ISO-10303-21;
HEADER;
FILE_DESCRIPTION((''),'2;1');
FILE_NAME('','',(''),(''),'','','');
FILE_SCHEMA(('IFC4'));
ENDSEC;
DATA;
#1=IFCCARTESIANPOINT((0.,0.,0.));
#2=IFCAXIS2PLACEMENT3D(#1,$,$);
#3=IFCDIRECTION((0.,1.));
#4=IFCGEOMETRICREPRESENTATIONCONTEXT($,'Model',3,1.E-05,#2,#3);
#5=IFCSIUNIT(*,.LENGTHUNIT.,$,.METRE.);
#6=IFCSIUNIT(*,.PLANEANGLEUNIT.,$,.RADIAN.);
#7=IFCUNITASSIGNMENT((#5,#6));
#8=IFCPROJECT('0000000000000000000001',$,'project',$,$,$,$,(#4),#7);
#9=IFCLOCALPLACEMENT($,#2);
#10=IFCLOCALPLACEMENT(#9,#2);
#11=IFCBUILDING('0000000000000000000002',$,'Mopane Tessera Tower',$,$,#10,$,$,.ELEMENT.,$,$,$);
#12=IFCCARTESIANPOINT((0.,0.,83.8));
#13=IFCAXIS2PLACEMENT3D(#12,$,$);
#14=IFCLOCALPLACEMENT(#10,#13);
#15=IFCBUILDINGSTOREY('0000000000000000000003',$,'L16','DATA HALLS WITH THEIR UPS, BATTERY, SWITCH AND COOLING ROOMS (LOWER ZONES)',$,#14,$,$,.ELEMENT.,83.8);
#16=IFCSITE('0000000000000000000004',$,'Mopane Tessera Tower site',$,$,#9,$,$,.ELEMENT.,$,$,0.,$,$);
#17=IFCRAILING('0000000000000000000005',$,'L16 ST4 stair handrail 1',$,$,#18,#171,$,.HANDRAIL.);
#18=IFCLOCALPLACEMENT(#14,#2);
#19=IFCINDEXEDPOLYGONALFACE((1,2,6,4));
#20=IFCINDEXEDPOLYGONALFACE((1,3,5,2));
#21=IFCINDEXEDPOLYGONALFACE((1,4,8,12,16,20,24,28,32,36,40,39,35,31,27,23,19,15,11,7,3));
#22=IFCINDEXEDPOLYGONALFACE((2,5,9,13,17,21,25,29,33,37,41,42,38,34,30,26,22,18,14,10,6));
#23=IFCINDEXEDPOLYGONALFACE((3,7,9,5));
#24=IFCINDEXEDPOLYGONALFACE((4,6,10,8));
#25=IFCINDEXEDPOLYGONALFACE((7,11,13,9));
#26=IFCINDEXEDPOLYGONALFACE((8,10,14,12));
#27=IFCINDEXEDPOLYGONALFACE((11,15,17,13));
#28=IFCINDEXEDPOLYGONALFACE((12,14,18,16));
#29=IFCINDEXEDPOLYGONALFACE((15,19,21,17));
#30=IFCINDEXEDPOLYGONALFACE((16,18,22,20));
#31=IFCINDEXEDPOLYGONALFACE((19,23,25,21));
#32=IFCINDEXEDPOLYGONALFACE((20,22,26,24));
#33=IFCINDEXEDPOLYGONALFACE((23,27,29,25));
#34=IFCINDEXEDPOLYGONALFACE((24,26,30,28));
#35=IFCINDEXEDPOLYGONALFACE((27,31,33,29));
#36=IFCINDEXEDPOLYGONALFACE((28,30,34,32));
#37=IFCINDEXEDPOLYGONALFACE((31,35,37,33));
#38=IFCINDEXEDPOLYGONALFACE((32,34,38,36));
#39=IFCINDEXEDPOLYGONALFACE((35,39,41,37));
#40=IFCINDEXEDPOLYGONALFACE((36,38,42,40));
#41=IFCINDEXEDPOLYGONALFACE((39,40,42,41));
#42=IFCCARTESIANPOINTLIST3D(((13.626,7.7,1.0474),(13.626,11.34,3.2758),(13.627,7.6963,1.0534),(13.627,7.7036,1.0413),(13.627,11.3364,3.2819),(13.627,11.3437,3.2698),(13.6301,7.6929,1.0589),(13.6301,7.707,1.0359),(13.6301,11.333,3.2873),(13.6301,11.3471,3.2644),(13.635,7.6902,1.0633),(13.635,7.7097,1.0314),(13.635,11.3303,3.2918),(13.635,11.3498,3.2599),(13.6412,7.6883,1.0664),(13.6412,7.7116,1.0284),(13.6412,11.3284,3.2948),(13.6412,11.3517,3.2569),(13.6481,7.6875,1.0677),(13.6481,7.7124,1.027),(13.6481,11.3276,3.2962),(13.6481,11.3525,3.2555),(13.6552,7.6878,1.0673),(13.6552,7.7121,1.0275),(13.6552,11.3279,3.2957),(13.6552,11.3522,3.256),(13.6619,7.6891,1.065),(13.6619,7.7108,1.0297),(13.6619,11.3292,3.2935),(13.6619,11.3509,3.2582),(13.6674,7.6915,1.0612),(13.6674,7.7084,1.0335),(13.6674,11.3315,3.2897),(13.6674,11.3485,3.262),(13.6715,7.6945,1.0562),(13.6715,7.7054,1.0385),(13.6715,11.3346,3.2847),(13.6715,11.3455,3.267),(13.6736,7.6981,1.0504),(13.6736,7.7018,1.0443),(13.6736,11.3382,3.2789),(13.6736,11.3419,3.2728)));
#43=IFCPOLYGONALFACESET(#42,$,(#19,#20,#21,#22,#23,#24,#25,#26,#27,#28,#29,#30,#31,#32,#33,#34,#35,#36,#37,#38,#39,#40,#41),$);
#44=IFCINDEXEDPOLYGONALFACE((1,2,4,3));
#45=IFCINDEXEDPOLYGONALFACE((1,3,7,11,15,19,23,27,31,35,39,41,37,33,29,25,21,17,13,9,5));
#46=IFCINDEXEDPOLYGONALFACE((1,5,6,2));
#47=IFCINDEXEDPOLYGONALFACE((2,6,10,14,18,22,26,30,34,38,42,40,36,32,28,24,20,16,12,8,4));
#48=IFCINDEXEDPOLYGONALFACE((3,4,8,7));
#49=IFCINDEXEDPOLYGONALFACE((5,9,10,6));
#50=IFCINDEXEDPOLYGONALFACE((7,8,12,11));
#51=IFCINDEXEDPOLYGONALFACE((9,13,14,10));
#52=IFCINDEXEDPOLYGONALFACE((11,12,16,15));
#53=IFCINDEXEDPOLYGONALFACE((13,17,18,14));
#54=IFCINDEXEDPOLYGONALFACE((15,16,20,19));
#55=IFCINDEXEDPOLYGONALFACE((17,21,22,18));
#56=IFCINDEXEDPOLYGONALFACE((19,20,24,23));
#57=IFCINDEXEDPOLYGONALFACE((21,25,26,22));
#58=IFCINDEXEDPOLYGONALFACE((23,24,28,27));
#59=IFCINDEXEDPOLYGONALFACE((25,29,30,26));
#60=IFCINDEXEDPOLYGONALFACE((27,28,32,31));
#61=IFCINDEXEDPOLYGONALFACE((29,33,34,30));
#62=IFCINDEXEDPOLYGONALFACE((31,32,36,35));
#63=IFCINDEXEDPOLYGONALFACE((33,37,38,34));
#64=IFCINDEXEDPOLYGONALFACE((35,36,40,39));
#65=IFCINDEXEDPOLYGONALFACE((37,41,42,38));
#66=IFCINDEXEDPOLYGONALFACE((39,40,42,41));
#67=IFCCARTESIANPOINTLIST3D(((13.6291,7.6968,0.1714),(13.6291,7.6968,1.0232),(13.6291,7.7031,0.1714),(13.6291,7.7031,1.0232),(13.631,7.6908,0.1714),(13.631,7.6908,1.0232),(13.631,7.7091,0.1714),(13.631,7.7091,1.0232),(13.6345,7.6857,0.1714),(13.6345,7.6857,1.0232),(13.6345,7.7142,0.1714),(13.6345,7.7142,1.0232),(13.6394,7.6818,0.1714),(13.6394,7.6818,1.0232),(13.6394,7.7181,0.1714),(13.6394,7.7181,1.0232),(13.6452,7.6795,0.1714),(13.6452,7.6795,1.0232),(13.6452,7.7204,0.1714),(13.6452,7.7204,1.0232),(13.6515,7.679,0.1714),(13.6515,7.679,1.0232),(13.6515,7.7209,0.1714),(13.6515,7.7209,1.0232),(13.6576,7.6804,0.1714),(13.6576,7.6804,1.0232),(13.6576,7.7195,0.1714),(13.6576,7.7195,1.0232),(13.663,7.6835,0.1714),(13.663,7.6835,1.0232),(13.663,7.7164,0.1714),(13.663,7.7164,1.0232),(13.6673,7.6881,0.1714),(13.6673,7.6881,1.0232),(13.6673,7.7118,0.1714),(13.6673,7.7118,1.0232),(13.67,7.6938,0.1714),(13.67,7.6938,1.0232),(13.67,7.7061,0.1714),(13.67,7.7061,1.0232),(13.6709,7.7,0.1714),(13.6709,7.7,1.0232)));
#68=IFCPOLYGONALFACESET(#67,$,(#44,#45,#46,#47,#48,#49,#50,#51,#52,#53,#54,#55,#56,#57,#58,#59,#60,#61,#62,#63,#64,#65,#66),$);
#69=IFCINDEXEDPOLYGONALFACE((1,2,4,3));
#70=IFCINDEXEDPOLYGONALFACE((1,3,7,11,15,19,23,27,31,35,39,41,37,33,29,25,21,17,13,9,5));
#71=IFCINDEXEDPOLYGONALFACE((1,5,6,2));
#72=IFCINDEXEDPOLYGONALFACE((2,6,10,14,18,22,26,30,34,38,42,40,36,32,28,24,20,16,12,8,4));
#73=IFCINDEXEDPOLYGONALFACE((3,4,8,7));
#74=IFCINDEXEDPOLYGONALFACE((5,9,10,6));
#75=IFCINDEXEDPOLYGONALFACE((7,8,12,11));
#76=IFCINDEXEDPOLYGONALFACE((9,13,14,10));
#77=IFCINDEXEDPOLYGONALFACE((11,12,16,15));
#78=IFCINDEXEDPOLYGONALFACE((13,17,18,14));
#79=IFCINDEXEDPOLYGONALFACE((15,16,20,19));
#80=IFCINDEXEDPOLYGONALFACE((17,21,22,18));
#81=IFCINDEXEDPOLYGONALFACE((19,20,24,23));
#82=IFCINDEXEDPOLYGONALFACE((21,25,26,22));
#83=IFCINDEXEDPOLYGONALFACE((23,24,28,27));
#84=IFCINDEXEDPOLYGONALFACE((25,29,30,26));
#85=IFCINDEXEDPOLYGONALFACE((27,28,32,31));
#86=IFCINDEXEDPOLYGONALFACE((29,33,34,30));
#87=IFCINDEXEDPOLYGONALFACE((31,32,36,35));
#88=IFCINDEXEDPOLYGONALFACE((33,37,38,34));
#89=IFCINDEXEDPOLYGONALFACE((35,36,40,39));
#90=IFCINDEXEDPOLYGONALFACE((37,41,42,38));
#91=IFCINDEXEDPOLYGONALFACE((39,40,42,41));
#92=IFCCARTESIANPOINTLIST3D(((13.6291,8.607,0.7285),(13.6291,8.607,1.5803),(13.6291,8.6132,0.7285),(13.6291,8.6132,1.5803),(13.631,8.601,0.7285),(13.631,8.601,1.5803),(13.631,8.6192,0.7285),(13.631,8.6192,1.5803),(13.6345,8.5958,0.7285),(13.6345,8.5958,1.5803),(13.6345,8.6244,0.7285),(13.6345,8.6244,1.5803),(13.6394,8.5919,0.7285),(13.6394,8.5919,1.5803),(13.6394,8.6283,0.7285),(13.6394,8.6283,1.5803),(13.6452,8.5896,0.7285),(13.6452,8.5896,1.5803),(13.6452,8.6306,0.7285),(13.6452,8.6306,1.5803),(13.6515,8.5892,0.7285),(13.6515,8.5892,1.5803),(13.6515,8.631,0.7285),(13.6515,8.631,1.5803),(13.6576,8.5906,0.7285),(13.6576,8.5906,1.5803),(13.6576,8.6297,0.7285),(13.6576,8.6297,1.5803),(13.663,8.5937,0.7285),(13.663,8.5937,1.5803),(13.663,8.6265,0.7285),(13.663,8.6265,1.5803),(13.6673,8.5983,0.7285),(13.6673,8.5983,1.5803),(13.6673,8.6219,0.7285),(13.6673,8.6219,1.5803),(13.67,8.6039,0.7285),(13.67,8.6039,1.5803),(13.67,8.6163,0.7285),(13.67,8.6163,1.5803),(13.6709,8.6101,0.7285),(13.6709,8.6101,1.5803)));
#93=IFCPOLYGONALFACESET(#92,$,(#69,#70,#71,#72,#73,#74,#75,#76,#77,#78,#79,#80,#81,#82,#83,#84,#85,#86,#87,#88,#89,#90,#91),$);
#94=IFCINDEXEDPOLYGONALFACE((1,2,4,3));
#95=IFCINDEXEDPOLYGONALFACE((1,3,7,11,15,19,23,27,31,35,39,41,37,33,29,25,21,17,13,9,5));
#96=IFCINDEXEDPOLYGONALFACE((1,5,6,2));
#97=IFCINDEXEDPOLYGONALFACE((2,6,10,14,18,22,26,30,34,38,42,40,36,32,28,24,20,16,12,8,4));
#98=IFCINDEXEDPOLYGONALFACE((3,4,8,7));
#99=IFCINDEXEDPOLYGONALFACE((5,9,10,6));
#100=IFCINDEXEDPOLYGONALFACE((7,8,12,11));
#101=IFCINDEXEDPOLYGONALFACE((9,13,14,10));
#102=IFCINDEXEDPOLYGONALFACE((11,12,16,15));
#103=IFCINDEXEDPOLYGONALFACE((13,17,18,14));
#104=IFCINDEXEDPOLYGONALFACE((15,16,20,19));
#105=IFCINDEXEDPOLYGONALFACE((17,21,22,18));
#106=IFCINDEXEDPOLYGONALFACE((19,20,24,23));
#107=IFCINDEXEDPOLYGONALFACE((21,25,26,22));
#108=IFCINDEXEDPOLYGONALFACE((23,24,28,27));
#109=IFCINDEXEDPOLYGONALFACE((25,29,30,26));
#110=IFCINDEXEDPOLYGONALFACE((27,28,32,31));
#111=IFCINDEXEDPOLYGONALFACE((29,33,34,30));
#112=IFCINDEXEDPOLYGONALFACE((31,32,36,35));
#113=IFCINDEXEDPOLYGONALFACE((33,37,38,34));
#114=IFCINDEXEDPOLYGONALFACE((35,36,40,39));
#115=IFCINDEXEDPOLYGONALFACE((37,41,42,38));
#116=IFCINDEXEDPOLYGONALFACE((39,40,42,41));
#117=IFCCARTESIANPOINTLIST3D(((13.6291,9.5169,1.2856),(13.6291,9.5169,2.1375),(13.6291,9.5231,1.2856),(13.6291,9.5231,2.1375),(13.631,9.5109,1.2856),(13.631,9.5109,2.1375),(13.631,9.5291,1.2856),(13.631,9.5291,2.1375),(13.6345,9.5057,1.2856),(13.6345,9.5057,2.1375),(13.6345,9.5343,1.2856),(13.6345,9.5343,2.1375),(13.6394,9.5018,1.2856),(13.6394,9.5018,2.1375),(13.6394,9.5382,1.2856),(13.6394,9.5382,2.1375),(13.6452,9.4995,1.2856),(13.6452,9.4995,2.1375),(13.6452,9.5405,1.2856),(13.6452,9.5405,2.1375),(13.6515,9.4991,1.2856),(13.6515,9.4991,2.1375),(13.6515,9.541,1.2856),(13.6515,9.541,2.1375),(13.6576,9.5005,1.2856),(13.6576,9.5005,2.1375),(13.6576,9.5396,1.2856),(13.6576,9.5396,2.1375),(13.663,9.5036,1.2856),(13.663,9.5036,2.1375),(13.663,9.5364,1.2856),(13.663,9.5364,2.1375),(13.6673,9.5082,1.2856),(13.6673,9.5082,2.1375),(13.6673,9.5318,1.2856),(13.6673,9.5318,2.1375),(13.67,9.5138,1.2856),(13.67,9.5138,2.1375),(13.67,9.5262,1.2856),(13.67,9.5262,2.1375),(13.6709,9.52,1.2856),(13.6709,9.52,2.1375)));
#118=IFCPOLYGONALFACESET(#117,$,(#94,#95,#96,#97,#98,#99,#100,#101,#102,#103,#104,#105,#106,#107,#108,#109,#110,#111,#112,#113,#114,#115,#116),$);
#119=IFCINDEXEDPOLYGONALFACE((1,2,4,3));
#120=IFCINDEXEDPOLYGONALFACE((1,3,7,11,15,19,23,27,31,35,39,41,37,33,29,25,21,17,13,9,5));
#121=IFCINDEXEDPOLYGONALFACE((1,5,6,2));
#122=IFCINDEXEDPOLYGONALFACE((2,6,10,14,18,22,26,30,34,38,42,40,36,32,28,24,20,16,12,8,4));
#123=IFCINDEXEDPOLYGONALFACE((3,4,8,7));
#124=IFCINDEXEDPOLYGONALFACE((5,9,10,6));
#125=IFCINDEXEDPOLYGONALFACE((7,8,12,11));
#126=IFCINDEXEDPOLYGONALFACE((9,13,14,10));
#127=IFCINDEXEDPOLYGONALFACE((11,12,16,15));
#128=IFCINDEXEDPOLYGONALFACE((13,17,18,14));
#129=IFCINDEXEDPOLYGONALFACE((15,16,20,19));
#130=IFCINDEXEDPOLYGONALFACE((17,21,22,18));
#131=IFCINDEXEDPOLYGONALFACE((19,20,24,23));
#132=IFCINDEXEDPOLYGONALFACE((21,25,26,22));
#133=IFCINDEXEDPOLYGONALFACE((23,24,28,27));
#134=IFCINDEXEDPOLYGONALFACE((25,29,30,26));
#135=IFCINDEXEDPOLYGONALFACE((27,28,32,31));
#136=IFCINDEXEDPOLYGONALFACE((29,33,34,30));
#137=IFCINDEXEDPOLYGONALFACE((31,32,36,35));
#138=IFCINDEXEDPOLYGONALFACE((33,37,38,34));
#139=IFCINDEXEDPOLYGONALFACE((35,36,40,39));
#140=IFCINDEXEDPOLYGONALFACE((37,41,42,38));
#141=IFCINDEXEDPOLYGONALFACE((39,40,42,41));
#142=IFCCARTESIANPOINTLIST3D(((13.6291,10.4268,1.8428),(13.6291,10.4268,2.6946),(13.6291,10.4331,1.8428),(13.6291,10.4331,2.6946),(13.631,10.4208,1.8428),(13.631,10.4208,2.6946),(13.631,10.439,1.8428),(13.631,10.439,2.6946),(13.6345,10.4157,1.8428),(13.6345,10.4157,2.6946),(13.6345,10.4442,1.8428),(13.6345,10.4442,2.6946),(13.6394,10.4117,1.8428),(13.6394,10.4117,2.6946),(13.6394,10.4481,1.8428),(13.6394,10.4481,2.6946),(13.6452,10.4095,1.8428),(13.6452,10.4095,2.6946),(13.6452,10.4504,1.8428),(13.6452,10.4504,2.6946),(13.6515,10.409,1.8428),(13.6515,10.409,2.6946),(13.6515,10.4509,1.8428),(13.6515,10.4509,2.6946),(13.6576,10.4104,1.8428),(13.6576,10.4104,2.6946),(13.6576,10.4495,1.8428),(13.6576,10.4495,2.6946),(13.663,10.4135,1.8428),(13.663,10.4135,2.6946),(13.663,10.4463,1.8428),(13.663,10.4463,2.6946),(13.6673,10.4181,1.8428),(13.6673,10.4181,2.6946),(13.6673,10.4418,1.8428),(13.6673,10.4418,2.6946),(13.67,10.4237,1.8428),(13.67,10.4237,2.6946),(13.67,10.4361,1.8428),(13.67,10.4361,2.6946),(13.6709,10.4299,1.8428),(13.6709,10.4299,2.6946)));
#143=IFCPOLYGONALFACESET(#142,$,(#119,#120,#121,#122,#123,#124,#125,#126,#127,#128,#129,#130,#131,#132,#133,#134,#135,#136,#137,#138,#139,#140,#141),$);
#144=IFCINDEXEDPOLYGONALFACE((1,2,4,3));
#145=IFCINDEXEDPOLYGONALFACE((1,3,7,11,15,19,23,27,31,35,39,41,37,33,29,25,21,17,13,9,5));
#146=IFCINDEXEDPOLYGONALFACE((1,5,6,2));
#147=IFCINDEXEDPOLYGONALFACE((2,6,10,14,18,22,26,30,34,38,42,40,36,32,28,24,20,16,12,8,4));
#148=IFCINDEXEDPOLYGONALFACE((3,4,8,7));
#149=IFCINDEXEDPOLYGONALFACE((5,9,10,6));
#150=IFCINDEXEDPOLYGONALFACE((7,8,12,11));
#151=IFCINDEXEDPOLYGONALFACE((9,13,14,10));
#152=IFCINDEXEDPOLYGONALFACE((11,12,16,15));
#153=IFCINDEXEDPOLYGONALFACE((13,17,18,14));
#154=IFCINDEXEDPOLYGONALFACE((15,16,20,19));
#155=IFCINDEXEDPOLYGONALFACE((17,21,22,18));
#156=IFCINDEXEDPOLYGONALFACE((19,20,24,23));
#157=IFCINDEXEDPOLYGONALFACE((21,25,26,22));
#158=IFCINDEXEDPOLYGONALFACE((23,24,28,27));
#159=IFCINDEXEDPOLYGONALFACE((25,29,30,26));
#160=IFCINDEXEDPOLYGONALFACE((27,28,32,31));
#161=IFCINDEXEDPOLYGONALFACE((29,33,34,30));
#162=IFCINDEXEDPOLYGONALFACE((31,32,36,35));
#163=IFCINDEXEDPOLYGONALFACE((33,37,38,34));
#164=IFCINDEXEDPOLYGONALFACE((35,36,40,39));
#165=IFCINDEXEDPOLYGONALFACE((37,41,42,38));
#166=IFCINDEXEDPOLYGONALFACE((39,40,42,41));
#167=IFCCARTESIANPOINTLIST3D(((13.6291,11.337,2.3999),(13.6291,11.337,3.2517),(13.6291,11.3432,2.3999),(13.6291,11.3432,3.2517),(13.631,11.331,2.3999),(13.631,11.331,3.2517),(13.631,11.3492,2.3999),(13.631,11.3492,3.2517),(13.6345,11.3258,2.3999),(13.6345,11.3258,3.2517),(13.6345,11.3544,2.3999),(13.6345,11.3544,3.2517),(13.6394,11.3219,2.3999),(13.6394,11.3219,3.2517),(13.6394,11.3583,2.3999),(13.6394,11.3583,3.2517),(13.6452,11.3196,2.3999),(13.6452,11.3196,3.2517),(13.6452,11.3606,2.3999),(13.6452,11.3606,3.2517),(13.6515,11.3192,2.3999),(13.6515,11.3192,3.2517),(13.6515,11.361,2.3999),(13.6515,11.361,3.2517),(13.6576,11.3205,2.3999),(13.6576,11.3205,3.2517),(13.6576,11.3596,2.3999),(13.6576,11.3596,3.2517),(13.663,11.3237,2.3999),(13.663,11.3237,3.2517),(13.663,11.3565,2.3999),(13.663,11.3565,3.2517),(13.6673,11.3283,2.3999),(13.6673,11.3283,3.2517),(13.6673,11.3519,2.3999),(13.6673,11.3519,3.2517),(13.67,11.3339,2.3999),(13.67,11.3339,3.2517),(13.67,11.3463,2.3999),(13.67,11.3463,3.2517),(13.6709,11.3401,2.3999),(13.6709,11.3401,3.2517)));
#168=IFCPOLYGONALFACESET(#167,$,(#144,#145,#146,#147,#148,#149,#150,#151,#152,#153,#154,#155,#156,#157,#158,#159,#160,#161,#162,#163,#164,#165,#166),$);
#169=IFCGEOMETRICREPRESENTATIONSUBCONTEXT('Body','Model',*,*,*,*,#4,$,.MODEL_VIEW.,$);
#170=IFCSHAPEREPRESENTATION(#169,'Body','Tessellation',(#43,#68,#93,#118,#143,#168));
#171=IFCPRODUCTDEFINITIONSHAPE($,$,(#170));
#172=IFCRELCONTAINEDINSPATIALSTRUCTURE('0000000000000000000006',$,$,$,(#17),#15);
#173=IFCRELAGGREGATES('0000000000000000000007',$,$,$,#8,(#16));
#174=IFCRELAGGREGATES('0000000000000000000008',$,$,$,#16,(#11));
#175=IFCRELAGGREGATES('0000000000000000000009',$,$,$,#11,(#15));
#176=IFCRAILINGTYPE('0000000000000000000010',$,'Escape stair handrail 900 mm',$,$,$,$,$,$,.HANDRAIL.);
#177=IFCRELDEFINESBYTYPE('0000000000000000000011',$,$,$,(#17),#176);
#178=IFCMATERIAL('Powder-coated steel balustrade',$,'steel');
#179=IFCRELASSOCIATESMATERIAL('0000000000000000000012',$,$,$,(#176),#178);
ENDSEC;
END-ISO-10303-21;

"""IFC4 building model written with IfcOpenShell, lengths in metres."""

from ifc_helpers import new_model, si_unit, direction, frame, origin, origin_2d, place, context, subcontext, project, spatial, circle, extrude, material, type_object, element, save


model = new_model("IFC4")

# Units and contexts
model_context = context("Model", 3, precision=1e-05, world=origin(), true_north=direction((0.0, 1.0)))
body_context = subcontext(model_context, "Body", "Model", "MODEL_VIEW")
ifc_project = project(units=[si_unit("LENGTHUNIT", "METRE"), si_unit("PLANEANGLEUNIT", "RADIAN")], contexts=[model_context])

# Site, building, storey
site_placement = place(None, origin())
site = spatial("IfcSite", under=ifc_project, at=site_placement, Name="Mopane Tessera Tower site", CompositionType="ELEMENT", RefElevation=0.0)
building_placement = place(site_placement, origin())
building = spatial("IfcBuilding", under=site, at=building_placement, Name="Mopane Tessera Tower", CompositionType="ELEMENT")
storey_placement = place(building_placement, frame((0.0, 0.0, 83.8)))
storey = spatial("IfcBuildingStorey", under=building, at=storey_placement, Name="L16", Description="DATA HALLS WITH THEIR UPS, BATTERY, SWITCH AND COOLING ROOMS (LOWER ZONES)", CompositionType="ELEMENT", Elevation=83.8)

# Railing
ifc_material_1 = material(Name="Powder-coated steel balustrade", Category="steel")
railing_type_1 = type_object("IfcRailingType", Name="Escape stair handrail 900 mm", PredefinedType="HANDRAIL", material=ifc_material_1)
railing_1_placement = place(storey_placement, frame((13.6499, 7.7, 0.1714)))
element("IfcRailing", 1, at=railing_1_placement, inside=storey, type_object=railing_type_1, Name="L16 ST4 stair handrail 1", PredefinedType="HANDRAIL", context=body_context, shape_type="SweptSolid", body=[
    extrude(circle(Radius=0.0239, at=origin_2d()), frame((0.0, 0.0, 0.876), z_axis=(0.0, 0.852866, 0.52213), x_axis=(-1.0, 0.0, 0.0)), (0.0, 0.0, 1.0), 4.2681),
    extrude(circle(Radius=0.021, at=origin_2d()), origin(), (0.0, 0.0, 1.0), 0.8518),
    extrude(circle(Radius=0.021, at=origin_2d()), frame((0.0, 0.9102, 0.5571)), (0.0, 0.0, 1.0), 0.8518),
    extrude(circle(Radius=0.021, at=origin_2d()), frame((0.0, 1.8201, 1.1143)), (0.0, 0.0, 1.0), 0.8518),
    extrude(circle(Radius=0.021, at=origin_2d()), frame((0.0, 2.73, 1.6714)), (0.0, 0.0, 1.0), 0.8518),
    extrude(circle(Radius=0.021, at=origin_2d()), frame((0.0, 3.6401, 2.2285)), (0.0, 0.0, 1.0), 0.8518),
])

save(model, "model.ifc")
